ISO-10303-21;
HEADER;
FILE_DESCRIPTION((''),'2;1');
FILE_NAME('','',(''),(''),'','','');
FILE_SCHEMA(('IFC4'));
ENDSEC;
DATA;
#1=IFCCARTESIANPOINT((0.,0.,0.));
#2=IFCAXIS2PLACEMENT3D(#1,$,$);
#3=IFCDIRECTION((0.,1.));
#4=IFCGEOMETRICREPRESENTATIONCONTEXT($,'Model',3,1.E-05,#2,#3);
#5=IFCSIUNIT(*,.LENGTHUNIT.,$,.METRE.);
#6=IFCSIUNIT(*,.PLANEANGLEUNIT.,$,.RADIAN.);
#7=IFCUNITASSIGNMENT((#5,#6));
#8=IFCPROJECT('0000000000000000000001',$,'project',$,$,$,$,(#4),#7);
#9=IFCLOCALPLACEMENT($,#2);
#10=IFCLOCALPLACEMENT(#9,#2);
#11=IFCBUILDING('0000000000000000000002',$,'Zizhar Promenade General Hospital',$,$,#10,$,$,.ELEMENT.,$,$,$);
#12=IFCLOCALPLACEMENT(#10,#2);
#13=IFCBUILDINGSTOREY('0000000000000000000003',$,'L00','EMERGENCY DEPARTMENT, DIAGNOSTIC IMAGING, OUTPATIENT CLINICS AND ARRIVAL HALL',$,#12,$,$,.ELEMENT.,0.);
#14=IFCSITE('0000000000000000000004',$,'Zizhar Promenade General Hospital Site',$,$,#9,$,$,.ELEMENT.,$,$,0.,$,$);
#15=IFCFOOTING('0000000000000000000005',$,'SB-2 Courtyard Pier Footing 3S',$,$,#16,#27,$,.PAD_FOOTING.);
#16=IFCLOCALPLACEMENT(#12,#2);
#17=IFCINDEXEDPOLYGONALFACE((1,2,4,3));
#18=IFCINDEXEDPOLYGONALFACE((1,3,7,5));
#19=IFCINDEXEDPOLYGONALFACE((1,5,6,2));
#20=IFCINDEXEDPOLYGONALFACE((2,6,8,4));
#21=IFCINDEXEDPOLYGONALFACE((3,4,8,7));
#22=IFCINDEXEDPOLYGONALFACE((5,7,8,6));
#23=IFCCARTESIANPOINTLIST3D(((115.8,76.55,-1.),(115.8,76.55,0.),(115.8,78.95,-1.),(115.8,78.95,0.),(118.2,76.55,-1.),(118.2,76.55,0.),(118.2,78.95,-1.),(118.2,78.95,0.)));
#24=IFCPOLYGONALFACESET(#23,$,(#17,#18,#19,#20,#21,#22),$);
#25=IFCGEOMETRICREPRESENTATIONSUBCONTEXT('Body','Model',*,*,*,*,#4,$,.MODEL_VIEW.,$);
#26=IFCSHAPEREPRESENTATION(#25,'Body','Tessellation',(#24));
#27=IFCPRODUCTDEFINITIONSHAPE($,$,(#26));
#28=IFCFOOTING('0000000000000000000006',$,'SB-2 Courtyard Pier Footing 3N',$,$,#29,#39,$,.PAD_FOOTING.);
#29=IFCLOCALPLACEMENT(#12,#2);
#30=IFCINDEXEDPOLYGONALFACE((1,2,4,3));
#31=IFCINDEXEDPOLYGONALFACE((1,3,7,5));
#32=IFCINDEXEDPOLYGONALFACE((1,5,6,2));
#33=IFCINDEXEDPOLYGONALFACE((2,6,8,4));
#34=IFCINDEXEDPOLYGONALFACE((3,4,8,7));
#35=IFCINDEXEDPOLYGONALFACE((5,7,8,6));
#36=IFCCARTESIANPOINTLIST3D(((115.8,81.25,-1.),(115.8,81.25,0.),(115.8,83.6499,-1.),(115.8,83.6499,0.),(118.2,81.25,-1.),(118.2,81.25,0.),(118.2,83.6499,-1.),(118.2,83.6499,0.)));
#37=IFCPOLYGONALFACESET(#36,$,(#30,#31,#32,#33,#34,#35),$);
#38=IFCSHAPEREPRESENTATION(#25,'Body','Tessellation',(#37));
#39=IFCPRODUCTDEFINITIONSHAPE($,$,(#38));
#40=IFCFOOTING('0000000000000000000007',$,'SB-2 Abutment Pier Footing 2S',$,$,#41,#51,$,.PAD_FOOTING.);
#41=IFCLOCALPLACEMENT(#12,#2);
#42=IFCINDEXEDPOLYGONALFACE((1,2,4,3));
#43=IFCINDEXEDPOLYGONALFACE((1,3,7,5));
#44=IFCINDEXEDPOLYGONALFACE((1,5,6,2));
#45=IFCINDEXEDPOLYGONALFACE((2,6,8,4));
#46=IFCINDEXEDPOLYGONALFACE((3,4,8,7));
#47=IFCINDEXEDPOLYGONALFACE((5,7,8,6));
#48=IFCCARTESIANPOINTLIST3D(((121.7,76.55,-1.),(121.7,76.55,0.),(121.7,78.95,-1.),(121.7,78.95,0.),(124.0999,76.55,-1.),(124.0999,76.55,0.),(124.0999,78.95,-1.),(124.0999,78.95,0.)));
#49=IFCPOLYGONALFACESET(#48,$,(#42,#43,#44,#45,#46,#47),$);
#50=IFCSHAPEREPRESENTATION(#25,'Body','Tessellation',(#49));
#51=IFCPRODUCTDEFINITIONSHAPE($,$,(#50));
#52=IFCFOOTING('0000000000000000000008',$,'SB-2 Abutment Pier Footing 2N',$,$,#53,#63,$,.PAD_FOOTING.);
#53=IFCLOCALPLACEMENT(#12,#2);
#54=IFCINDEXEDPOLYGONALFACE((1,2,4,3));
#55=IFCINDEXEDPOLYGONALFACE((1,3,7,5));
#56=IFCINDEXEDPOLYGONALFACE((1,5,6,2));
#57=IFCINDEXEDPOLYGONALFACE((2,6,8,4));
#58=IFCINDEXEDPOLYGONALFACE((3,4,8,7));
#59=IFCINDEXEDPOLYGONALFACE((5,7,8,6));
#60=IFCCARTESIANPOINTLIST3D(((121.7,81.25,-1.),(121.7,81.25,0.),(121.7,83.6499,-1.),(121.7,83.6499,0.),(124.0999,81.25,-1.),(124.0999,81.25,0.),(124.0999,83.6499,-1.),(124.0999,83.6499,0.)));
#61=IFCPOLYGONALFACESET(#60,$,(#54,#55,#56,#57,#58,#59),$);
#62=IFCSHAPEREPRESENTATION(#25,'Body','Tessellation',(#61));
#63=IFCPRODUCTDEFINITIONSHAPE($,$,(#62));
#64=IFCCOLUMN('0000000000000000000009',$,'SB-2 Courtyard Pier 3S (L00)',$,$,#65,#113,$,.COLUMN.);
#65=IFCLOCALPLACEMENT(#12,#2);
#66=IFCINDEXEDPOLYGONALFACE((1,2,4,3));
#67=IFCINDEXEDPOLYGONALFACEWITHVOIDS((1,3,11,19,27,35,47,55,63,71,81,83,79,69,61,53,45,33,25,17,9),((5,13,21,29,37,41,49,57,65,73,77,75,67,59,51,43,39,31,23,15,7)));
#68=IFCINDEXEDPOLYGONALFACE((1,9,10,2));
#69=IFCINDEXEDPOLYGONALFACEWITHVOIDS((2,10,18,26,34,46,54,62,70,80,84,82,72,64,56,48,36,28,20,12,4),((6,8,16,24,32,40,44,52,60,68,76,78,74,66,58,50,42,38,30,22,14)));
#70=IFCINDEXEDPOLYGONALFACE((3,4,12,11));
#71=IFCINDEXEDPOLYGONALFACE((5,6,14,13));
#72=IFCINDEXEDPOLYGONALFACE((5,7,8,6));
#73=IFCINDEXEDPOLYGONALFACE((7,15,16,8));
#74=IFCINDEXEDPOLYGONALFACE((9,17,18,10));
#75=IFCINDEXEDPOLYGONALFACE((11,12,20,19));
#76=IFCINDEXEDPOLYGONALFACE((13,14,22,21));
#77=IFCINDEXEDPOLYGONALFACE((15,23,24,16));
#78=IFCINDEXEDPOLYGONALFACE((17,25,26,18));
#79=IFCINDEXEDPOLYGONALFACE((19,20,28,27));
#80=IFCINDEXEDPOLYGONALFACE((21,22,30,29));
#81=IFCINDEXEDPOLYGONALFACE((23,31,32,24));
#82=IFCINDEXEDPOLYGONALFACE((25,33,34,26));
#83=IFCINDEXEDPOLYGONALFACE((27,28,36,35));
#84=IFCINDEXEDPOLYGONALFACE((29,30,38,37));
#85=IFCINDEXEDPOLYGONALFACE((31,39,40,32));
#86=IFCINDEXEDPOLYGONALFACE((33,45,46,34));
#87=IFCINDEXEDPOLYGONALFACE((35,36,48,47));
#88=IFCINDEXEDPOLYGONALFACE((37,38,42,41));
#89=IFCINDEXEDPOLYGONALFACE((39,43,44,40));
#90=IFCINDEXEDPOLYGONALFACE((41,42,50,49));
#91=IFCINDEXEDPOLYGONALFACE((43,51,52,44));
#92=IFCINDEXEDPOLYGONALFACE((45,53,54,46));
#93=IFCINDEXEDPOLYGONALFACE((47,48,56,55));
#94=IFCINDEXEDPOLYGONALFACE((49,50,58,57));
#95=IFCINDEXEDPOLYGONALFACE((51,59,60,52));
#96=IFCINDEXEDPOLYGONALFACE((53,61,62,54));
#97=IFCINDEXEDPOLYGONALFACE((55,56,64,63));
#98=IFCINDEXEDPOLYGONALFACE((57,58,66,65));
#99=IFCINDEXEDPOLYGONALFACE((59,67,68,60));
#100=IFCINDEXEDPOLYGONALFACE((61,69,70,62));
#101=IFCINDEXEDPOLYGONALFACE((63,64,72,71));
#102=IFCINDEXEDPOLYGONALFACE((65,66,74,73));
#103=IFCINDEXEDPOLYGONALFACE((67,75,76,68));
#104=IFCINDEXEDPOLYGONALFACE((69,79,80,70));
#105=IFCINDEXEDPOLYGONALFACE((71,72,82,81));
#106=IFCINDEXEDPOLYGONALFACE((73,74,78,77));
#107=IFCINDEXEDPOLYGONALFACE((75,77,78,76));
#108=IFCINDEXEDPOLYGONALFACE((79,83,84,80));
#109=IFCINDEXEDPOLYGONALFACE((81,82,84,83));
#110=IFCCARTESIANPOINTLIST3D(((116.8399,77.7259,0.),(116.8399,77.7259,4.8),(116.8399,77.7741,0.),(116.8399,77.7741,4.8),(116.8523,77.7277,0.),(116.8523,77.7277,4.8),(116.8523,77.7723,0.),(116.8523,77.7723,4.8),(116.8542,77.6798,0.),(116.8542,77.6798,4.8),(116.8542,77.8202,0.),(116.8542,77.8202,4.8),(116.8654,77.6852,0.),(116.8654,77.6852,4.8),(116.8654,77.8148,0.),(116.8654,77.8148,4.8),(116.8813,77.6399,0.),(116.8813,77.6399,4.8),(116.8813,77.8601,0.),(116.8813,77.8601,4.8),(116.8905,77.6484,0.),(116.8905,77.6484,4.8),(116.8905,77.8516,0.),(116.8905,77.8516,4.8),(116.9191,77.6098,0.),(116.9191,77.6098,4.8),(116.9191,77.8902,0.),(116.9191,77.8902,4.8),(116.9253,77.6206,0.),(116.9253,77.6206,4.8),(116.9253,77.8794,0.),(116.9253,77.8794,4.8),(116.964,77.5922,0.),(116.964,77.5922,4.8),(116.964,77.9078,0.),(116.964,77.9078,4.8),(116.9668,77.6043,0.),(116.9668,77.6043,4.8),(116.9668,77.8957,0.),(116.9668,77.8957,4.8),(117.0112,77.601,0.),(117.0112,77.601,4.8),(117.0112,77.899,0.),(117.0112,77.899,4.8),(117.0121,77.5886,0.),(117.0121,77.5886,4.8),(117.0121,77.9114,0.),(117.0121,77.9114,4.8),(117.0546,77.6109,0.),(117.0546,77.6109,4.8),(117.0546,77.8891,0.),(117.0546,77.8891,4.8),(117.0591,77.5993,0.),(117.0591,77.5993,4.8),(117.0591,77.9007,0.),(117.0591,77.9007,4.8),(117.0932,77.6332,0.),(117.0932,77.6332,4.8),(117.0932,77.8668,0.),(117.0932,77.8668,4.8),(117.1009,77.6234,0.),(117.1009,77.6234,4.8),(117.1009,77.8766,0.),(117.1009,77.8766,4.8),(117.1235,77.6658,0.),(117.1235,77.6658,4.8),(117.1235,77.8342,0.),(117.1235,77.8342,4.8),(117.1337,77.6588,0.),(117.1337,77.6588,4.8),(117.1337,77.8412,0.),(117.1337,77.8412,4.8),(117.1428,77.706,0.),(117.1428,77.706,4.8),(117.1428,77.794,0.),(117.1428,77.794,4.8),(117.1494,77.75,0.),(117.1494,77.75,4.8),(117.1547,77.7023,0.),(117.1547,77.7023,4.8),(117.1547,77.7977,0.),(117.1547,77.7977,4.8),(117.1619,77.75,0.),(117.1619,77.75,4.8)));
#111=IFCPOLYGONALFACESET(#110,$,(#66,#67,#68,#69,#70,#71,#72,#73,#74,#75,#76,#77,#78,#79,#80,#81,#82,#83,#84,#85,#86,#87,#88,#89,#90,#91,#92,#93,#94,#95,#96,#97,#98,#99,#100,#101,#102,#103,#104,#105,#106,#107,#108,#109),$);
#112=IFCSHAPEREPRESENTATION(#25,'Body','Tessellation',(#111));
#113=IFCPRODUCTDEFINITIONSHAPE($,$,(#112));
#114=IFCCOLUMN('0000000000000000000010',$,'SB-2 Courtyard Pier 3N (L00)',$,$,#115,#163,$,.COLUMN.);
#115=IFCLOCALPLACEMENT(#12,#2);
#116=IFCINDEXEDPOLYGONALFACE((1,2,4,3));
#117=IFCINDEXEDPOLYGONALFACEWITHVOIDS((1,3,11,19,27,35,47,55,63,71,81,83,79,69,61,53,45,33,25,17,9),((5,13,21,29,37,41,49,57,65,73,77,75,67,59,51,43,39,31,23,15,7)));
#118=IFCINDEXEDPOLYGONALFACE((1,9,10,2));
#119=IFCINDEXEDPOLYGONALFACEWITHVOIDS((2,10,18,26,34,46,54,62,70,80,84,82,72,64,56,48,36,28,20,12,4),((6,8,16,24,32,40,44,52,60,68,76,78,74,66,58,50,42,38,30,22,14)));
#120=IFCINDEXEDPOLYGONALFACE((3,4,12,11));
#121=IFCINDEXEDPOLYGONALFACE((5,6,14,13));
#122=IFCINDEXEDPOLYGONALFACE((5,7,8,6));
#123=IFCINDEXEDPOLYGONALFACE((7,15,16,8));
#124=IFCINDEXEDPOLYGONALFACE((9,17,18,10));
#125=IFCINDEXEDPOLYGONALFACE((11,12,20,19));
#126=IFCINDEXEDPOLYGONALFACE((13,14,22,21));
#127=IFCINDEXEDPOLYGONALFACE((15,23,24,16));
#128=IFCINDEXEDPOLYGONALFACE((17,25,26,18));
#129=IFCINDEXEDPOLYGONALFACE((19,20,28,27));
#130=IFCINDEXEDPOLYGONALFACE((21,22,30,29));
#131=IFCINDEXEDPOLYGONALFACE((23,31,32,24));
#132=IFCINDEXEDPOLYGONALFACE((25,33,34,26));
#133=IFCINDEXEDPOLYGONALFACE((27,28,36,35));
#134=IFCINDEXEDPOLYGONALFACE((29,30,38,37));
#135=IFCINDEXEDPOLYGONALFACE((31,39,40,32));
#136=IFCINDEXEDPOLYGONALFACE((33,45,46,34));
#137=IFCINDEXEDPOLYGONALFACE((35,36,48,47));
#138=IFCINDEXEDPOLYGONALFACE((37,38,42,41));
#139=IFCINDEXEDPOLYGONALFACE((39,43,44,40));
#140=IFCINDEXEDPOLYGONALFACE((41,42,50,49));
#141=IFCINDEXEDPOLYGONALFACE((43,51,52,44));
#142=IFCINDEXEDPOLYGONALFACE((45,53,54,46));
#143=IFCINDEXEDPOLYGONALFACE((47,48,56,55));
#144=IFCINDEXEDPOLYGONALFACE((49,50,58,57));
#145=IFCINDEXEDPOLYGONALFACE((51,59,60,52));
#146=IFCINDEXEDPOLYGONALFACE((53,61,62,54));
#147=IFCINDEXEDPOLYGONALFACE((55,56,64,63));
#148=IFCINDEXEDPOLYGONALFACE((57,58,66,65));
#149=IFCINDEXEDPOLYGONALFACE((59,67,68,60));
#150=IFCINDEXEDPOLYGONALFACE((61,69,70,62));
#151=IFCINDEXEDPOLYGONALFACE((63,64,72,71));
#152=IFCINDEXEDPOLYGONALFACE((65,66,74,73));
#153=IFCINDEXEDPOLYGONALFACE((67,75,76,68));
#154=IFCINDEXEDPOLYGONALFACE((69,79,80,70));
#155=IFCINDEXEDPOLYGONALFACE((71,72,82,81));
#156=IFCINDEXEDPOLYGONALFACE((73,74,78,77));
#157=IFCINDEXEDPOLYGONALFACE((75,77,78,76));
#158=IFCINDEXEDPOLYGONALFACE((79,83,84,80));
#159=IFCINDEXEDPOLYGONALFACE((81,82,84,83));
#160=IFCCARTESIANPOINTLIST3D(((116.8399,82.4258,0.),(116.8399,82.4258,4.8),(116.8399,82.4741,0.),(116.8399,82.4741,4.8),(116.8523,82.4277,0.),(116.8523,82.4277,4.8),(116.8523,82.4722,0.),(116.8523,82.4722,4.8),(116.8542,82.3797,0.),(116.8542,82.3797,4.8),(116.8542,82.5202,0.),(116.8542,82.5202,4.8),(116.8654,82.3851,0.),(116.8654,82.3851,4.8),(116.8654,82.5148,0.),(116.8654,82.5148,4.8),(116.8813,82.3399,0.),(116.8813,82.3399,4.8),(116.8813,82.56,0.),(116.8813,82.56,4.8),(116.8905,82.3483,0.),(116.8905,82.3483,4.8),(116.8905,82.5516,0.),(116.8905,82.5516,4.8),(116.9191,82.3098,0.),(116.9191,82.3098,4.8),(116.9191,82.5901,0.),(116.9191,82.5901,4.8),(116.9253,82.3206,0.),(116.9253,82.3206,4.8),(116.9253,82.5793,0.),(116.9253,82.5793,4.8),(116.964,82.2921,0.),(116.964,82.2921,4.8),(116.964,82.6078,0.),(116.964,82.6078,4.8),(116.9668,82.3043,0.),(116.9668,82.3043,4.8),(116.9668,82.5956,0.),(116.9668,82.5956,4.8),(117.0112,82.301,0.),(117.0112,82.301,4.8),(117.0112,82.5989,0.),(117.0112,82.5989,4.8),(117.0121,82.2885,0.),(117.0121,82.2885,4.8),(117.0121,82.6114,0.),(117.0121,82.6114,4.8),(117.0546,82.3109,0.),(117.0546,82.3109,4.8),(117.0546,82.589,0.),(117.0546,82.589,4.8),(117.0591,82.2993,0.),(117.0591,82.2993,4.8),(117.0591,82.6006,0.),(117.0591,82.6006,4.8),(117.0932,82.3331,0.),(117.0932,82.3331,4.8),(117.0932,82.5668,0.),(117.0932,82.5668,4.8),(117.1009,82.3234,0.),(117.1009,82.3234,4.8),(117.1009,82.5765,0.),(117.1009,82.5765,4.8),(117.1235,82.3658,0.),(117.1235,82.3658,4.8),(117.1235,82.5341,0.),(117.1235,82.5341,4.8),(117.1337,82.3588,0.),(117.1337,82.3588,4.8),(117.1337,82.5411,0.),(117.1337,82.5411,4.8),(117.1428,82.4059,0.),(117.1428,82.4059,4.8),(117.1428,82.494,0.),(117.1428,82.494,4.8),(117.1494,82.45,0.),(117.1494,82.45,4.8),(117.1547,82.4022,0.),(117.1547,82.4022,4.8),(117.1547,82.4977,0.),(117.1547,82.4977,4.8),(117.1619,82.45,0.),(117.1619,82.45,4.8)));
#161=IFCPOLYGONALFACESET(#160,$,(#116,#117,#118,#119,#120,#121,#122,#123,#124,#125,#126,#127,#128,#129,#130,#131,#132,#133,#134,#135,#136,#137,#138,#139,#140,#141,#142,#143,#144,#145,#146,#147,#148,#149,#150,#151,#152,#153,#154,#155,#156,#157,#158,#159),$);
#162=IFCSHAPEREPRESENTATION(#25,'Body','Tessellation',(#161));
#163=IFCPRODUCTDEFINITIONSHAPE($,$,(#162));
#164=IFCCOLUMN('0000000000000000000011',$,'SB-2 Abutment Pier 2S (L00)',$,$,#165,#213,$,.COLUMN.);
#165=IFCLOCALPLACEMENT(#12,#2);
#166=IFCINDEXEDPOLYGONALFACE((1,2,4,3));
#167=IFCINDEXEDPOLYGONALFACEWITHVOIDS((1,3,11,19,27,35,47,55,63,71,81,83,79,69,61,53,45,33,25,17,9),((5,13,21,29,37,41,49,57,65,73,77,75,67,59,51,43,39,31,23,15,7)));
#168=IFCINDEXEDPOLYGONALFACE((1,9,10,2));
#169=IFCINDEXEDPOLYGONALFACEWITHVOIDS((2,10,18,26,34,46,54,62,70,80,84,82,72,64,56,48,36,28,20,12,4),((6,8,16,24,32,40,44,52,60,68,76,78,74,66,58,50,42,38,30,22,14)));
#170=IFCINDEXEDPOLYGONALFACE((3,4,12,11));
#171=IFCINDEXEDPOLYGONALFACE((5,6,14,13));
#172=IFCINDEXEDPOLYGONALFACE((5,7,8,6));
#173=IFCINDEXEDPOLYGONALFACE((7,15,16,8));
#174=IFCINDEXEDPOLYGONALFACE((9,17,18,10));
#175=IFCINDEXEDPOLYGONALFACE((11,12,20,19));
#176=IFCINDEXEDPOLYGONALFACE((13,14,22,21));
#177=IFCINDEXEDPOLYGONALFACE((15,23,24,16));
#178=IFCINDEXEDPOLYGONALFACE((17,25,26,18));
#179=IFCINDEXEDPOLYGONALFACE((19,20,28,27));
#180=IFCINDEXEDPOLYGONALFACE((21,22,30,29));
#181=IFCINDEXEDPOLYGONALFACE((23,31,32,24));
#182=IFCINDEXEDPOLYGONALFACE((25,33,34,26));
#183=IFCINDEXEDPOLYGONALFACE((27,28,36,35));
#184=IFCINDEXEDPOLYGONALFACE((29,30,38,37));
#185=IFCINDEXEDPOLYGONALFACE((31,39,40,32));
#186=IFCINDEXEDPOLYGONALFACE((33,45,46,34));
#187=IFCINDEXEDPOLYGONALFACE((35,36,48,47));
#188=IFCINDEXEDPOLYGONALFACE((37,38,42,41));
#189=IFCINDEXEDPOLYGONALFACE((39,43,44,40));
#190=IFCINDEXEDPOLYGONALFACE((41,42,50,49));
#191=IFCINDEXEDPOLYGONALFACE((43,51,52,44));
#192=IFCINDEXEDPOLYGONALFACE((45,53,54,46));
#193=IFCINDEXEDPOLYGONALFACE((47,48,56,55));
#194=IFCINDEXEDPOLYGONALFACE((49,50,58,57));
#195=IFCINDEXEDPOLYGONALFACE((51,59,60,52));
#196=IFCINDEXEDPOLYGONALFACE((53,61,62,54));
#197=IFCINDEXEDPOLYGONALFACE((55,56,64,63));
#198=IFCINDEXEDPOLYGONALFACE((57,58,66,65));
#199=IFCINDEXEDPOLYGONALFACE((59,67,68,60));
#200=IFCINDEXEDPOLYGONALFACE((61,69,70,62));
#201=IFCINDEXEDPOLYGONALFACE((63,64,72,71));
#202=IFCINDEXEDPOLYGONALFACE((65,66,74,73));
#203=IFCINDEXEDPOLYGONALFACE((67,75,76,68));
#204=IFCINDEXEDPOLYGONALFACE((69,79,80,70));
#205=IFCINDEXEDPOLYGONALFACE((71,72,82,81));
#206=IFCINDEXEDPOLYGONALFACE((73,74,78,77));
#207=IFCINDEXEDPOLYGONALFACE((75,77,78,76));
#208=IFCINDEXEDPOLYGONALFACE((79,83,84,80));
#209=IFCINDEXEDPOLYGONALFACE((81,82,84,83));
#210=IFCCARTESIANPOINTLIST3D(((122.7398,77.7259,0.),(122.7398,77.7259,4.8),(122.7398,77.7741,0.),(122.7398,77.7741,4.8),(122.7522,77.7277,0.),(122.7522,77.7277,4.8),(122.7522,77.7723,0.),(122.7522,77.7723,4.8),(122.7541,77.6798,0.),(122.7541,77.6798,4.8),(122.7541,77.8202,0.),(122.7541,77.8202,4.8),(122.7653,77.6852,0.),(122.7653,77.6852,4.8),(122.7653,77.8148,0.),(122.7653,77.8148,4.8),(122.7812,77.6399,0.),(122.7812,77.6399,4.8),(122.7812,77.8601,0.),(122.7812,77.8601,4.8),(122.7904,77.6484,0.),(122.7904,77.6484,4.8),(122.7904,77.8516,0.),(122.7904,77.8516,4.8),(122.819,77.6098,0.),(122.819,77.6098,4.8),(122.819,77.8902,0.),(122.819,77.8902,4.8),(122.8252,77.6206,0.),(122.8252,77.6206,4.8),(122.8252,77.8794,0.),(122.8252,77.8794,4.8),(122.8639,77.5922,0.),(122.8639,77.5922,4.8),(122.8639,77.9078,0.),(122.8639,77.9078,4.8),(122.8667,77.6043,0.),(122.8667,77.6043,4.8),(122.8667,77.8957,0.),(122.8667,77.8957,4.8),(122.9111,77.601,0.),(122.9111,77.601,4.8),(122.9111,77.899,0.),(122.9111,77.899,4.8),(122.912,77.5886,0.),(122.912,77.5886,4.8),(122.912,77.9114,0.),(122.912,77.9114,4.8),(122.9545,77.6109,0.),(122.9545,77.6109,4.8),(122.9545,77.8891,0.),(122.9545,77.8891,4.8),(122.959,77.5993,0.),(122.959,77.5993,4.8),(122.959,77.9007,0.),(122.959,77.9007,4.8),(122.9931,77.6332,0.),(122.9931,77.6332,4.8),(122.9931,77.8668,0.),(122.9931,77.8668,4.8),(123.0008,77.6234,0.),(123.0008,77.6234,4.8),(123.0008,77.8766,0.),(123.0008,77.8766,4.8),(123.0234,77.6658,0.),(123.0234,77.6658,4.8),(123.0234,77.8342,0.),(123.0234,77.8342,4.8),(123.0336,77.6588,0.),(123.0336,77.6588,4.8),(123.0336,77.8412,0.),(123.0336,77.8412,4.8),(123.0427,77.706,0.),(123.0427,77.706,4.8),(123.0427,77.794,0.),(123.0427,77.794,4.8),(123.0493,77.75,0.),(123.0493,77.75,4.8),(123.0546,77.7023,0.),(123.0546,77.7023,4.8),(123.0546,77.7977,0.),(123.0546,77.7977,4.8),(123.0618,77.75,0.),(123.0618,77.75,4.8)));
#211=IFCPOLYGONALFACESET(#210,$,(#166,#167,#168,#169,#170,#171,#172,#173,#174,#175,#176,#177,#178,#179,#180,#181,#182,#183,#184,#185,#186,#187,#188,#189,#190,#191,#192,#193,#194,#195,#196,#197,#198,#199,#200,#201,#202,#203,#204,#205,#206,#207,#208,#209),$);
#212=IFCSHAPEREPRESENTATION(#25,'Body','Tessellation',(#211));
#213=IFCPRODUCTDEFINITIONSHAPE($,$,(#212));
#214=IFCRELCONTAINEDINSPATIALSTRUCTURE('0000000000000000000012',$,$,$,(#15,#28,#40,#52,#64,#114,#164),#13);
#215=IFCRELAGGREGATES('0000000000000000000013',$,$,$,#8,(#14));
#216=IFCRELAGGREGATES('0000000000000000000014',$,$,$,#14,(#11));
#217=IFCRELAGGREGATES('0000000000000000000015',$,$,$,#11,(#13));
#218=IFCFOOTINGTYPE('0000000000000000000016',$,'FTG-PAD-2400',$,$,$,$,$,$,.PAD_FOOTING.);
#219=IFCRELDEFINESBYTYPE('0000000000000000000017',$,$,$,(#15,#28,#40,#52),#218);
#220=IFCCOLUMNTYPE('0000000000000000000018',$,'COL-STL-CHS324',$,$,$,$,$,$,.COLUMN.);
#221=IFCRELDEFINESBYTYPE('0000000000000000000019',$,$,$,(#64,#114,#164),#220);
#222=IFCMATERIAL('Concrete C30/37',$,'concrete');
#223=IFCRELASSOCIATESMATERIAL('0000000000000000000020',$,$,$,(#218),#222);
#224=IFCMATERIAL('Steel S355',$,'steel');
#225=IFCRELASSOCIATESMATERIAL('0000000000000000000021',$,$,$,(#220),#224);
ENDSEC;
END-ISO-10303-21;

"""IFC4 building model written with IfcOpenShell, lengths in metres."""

from ifc_helpers import new_model, si_unit, direction, frame, origin, origin_2d, place, context, subcontext, project, spatial, rectangle, hollow_circle, extrude, material, material_profile, profile_set, type_object, element, save


model = new_model("IFC4")

# Units and contexts
model_context = context("Model", 3, precision=1e-05, world=origin(), true_north=direction((0.0, 1.0)))
body_context = subcontext(model_context, "Body", "Model", "MODEL_VIEW")
ifc_project = project(units=[si_unit("LENGTHUNIT", "METRE"), si_unit("PLANEANGLEUNIT", "RADIAN")], contexts=[model_context])

# Site, building, storey
site_placement = place(None, origin())
site = spatial("IfcSite", under=ifc_project, at=site_placement, Name="Zizhar Promenade General Hospital Site", CompositionType="ELEMENT", RefElevation=0.0)
building_placement = place(site_placement, origin())
building = spatial("IfcBuilding", under=site, at=building_placement, Name="Zizhar Promenade General Hospital", CompositionType="ELEMENT")
storey_placement = place(building_placement, origin())
storey = spatial("IfcBuildingStorey", under=building, at=storey_placement, Name="L00", Description="EMERGENCY DEPARTMENT, DIAGNOSTIC IMAGING, OUTPATIENT CLINICS AND ARRIVAL HALL", CompositionType="ELEMENT", Elevation=0.0)

# Footings
ifc_material_1 = material(Name="Concrete C30/37", Category="concrete")
footing_type = type_object("IfcFootingType", Name="FTG-PAD-2400", PredefinedType="PAD_FOOTING", material=ifc_material_1)
for number, where, z_axis, x_axis, name in (
    (1, (117.0, 77.75, -1.0), (0.0, 0.0, 1.0), (1.0, 0.0, 0.0), "SB-2 Courtyard Pier Footing 3S"),
    (2, (117.0, 82.45, -1.0), (0.0, 0.0, 1.0), (1.0, 0.0, 0.0), "SB-2 Courtyard Pier Footing 3N"),
    (3, (122.8999, 77.75, -1.0), (0.0, 0.0, 1.0), (1.0, 0.0, 0.0), "SB-2 Abutment Pier Footing 2S"),
    (4, (122.8999, 82.45, -1.0), (0.0, 0.0, 1.0), (1.0, 0.0, 0.0), "SB-2 Abutment Pier Footing 2N"),
):
    element("IfcFooting", number, at=place(storey_placement, frame(where, z_axis=z_axis, x_axis=x_axis)), inside=storey, type_object=footing_type, Name=name, PredefinedType="PAD_FOOTING", context=body_context, shape_type="SweptSolid", body=[
        extrude(rectangle(XDim=2.3999, YDim=2.3999, at=origin_2d()), origin(), (0.0, 0.0, 1.0), 1.0),
    ])

# Columns
ifc_material_2 = material(Name="Steel S355", Category="steel")
ifc_material_profile_1 = material_profile(ifc_material_2, hollow_circle(Radius=0.1619, WallThickness=0.0125, at=origin_2d()))
ifc_profile_set_1 = profile_set([ifc_material_profile_1], Name="Steel S355")
column_type = type_object("IfcColumnType", Name="COL-STL-CHS324", PredefinedType="COLUMN", material=ifc_profile_set_1)
for number, where, z_axis, x_axis, name in (
    (5, (117.0, 77.75, 0.0), (0.0, 0.0, 1.0), (1.0, 0.0, 0.0), "SB-2 Courtyard Pier 3S (L00)"),
    (6, (117.0, 82.45, 0.0), (0.0, 0.0, 1.0), (1.0, 0.0, 0.0), "SB-2 Courtyard Pier 3N (L00)"),
    (7, (122.8999, 77.75, 0.0), (0.0, 0.0, 1.0), (1.0, 0.0, 0.0), "SB-2 Abutment Pier 2S (L00)"),
):
    element("IfcColumn", number, at=place(storey_placement, frame(where, z_axis=z_axis, x_axis=x_axis)), inside=storey, type_object=column_type, Name=name, PredefinedType="COLUMN", context=body_context, shape_type="SweptSolid", body=[
        extrude(hollow_circle(Radius=0.1619, WallThickness=0.0125, at=origin_2d()), origin(), (0.0, 0.0, 1.0), 4.8),
    ])

save(model, "model.ifc")
